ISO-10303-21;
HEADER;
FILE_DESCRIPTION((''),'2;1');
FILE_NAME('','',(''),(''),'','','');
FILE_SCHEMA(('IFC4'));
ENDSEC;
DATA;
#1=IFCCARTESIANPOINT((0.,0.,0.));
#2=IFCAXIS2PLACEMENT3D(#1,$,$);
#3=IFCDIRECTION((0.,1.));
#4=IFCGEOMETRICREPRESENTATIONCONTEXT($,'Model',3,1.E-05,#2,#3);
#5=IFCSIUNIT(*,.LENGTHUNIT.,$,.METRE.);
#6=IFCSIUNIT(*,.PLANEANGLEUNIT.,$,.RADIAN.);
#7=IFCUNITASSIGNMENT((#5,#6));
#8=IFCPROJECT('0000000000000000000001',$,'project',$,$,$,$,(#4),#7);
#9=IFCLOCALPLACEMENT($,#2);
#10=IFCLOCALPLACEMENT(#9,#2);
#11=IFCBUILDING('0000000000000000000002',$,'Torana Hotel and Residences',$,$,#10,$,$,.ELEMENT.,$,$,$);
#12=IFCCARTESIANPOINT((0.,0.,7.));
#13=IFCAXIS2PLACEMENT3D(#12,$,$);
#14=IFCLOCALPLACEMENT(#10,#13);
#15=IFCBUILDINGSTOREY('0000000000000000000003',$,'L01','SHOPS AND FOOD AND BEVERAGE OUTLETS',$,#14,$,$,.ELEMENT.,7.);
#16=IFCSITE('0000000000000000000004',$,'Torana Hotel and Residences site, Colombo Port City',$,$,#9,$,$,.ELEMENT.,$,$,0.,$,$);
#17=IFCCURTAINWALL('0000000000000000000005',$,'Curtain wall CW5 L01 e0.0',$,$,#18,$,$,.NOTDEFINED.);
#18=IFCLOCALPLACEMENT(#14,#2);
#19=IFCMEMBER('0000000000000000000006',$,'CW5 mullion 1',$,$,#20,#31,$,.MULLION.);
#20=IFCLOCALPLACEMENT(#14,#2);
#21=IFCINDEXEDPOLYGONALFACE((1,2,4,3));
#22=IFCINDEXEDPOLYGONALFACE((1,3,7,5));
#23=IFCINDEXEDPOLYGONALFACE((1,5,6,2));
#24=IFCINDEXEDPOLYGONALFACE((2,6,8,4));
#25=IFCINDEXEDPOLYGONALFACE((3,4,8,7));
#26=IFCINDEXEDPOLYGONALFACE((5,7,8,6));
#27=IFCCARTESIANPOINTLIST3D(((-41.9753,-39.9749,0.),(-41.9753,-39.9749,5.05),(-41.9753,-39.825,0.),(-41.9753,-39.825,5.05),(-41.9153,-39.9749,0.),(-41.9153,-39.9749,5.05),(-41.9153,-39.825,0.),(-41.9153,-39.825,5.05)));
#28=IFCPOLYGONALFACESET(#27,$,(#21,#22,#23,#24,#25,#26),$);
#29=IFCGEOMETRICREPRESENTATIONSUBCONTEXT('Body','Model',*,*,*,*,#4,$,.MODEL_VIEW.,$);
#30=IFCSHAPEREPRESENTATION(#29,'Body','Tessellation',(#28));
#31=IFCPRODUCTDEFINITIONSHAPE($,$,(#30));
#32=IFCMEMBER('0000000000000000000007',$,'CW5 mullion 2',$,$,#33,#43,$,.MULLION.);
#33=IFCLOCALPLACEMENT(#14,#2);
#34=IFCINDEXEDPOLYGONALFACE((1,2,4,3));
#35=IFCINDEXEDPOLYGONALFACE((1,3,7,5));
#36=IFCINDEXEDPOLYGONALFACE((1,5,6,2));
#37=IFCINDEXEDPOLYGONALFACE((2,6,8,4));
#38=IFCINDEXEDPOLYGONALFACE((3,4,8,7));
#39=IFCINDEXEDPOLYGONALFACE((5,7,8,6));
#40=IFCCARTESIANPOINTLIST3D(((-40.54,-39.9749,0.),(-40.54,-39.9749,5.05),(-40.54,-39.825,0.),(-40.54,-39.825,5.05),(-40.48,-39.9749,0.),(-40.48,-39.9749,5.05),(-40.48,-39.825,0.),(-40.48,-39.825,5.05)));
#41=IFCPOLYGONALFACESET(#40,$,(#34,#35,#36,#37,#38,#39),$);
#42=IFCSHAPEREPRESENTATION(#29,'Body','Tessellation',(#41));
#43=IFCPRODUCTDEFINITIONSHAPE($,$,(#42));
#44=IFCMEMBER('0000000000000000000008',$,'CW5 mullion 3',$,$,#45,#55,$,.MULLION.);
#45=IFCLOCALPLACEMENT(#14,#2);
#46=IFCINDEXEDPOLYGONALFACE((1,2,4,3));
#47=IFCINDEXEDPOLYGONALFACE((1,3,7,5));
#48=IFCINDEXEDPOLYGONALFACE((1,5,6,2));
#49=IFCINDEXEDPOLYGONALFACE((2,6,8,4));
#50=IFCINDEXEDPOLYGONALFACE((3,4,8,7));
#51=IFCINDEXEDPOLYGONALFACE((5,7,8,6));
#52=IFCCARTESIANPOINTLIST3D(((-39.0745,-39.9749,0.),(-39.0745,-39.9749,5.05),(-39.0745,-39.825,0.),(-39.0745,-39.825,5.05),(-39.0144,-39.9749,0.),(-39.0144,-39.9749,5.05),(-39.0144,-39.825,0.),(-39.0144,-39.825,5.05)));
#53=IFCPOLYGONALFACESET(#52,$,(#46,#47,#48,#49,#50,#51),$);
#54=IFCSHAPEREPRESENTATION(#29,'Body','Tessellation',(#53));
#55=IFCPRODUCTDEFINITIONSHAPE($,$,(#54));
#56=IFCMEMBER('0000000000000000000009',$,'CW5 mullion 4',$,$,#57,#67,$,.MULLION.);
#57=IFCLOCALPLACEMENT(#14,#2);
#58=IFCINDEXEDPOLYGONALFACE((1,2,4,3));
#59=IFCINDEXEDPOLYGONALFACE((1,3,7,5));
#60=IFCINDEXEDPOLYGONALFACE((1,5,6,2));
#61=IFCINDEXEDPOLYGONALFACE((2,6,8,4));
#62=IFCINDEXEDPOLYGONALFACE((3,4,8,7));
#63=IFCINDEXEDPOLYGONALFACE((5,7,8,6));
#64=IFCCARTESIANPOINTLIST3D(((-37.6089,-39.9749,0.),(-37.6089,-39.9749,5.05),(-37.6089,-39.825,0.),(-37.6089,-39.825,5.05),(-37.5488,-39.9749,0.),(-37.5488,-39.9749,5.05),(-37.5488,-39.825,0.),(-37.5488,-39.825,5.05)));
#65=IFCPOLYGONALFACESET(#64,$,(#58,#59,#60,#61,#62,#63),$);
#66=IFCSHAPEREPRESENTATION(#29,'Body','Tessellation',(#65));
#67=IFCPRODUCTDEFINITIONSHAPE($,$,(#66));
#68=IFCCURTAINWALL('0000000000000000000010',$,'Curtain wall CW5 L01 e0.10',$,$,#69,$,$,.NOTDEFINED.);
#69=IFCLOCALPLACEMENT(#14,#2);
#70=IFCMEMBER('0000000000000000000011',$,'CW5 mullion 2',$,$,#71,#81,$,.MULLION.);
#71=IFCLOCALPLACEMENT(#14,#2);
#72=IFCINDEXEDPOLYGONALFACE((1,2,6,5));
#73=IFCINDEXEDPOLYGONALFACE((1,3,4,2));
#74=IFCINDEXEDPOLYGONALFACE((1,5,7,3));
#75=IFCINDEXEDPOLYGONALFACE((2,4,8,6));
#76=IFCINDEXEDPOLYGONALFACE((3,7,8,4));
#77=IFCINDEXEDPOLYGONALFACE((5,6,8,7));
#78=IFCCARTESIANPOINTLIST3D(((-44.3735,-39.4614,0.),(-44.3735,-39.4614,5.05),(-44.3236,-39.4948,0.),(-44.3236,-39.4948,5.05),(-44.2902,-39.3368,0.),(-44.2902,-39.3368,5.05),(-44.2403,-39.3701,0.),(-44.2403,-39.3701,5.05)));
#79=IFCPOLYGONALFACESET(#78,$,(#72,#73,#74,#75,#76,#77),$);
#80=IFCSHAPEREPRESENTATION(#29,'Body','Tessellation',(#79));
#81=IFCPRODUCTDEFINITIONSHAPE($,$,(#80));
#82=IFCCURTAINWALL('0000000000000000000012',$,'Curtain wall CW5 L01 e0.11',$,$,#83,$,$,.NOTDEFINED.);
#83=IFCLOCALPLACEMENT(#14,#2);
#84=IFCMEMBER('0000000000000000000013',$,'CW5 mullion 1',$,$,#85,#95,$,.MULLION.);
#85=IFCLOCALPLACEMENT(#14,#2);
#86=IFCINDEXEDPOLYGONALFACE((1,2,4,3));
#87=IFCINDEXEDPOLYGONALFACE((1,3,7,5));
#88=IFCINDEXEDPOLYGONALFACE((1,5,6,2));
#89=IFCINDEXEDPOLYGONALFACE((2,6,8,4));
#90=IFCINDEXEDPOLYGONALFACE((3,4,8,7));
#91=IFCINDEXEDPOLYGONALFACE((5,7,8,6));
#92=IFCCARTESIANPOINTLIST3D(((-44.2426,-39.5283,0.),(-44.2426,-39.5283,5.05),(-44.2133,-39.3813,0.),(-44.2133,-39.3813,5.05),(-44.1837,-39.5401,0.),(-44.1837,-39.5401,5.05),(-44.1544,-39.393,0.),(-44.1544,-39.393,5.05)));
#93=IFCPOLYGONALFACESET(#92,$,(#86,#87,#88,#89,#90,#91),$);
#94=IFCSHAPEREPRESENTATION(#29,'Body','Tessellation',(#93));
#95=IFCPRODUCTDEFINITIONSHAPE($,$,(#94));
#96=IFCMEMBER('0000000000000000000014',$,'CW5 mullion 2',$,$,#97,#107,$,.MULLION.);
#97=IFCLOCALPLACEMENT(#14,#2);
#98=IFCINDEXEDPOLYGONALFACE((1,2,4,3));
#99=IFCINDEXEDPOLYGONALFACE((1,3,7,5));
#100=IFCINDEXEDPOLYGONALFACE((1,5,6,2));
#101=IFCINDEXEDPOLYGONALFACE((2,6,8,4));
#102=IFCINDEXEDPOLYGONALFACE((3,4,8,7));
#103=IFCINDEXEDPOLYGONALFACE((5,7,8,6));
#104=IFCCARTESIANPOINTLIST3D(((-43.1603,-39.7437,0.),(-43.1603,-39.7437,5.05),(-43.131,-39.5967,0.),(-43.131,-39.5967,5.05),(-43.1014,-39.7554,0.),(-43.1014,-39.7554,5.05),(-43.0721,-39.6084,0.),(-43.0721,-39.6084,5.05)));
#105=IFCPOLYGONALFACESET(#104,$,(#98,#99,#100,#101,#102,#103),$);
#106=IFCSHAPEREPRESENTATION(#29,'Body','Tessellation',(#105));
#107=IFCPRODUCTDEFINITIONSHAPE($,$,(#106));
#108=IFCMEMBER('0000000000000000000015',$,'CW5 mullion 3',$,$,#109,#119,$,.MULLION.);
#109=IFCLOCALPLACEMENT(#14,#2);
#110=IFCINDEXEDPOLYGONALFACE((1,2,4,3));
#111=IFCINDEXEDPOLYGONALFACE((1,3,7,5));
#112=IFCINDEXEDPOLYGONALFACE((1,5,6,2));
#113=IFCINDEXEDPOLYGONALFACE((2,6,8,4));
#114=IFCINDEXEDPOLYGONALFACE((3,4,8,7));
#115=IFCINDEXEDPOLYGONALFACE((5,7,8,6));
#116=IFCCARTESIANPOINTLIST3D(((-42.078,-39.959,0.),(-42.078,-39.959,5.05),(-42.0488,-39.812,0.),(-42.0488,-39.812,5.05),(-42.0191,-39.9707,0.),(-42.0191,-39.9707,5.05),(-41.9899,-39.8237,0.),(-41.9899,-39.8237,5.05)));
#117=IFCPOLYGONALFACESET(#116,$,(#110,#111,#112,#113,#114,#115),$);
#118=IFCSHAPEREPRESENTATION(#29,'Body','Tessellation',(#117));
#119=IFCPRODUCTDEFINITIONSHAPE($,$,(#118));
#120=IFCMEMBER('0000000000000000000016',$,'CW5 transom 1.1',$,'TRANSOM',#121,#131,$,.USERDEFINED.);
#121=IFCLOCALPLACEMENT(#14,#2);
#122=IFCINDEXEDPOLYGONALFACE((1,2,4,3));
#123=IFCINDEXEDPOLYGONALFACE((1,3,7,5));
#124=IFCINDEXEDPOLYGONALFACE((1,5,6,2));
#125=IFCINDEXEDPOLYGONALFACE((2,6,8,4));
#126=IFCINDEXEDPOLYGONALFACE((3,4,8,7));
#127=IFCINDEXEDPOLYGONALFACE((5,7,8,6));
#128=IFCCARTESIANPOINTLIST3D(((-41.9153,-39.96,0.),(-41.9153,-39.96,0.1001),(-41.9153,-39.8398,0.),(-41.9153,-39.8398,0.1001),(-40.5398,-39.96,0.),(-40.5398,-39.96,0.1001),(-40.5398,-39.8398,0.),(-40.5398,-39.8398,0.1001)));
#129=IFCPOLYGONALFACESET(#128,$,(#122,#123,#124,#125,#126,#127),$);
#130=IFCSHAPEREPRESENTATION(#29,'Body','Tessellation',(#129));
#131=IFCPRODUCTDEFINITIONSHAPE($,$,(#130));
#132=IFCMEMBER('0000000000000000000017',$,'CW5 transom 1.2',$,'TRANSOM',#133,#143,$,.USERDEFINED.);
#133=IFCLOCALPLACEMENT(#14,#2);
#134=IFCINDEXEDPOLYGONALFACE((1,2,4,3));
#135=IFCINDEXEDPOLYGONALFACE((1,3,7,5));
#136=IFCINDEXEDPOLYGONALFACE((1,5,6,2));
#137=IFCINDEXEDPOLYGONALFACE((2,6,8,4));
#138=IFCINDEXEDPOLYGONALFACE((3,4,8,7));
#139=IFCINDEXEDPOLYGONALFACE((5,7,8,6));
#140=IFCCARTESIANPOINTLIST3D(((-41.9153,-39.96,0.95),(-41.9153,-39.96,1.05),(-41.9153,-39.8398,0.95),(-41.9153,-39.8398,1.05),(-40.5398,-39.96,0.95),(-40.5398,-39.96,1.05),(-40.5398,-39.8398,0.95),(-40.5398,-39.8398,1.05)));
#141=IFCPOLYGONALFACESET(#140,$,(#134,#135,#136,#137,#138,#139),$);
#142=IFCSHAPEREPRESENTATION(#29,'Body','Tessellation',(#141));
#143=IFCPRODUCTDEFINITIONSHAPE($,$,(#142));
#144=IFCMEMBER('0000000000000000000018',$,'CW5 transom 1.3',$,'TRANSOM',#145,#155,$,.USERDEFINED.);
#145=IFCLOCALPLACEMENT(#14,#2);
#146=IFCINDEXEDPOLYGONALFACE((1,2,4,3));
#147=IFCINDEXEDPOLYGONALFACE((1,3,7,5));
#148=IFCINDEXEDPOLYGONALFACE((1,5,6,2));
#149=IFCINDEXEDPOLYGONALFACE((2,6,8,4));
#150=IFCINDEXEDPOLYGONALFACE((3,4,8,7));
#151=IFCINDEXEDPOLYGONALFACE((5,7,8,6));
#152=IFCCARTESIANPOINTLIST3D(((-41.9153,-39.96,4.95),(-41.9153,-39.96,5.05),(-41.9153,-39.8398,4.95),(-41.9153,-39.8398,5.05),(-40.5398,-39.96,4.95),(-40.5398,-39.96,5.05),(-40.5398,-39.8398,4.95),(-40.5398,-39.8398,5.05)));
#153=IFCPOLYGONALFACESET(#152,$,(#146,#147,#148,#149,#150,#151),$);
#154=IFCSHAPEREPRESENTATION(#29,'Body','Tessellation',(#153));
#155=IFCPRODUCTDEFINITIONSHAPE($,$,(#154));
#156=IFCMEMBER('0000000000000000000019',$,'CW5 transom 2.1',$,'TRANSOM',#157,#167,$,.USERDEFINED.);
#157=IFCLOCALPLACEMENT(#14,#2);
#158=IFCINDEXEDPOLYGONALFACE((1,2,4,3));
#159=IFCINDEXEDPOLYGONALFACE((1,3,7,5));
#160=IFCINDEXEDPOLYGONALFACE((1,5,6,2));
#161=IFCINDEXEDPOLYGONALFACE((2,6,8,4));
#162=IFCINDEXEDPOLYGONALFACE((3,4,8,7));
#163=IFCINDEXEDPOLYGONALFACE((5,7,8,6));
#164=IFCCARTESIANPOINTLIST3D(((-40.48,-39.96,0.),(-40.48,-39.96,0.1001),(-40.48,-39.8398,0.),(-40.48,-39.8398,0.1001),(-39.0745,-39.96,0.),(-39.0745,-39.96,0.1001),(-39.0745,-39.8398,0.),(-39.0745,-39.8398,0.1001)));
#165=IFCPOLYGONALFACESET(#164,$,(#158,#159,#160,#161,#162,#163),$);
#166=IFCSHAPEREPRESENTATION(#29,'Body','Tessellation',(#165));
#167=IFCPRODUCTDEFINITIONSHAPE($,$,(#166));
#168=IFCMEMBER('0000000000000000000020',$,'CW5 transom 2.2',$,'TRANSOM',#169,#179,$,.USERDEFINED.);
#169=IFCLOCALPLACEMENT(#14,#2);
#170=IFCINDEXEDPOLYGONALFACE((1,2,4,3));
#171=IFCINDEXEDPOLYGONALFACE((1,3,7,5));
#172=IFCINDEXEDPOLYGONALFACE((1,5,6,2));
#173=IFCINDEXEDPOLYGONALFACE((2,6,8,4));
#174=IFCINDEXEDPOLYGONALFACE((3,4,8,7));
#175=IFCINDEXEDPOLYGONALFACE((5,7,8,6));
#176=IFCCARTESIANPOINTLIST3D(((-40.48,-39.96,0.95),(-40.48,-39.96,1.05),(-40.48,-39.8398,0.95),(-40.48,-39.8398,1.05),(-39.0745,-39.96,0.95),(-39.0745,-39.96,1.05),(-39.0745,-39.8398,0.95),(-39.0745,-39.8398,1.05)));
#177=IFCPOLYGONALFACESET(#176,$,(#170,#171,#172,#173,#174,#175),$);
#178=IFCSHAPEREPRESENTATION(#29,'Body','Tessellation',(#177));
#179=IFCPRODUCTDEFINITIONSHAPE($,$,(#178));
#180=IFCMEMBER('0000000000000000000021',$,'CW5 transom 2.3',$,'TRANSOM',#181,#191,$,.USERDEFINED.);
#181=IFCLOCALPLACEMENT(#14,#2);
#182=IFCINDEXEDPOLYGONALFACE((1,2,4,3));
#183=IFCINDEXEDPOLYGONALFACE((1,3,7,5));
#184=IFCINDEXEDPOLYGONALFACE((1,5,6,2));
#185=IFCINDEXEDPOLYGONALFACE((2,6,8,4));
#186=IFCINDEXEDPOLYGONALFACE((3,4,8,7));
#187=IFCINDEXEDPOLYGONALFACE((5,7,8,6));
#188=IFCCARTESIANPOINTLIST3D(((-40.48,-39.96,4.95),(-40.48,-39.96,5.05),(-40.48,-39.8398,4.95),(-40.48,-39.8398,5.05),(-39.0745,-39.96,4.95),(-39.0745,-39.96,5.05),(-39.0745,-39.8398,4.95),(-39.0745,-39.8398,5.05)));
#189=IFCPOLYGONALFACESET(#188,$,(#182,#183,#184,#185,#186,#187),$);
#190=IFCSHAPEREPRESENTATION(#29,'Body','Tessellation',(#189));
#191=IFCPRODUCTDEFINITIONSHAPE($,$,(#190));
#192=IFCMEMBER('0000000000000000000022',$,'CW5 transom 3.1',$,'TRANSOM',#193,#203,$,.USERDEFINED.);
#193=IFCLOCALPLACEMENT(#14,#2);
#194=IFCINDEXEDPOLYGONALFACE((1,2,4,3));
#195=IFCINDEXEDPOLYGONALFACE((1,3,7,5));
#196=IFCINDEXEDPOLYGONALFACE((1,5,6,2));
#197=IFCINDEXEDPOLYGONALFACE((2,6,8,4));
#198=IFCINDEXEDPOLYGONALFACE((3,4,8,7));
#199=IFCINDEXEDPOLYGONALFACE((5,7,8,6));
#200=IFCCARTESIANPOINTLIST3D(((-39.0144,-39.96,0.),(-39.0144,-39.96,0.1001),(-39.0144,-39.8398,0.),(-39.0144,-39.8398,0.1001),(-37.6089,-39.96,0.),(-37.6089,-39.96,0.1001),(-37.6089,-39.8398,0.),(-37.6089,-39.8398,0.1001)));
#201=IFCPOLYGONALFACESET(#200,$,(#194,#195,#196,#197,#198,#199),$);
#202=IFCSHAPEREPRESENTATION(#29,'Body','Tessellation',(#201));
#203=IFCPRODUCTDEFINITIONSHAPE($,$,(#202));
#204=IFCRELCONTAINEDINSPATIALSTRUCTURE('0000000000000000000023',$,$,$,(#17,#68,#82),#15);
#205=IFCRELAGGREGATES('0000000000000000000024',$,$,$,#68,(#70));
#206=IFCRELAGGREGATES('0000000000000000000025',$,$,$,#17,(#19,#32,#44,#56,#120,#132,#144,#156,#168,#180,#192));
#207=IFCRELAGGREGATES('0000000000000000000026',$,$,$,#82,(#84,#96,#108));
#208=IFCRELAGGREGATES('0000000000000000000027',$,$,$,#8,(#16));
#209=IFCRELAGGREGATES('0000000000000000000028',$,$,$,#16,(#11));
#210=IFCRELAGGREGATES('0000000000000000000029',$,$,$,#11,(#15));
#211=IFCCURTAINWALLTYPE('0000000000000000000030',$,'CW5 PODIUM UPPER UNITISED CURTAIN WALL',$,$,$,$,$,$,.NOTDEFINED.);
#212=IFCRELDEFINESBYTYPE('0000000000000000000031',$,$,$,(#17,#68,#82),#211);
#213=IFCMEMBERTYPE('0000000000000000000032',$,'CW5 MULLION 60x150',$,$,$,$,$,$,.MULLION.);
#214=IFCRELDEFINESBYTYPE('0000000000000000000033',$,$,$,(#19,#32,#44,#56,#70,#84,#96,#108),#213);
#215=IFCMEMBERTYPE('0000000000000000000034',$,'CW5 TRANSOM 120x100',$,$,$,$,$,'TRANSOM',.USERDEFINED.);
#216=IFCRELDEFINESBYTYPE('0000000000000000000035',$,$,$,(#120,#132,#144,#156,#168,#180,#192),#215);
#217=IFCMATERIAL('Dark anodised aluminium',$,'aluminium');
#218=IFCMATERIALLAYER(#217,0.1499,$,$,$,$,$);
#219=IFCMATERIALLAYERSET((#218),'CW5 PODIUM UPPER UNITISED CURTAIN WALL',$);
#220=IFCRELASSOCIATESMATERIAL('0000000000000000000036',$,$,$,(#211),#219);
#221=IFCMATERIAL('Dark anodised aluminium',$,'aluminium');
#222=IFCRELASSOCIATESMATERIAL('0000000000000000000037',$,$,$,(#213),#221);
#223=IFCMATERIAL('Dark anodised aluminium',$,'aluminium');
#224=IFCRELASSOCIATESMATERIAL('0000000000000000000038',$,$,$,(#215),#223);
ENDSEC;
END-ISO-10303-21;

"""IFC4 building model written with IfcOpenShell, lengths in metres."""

from ifc_helpers import new_model, si_unit, direction, frame, origin, origin_2d, place, context, subcontext, project, spatial, rectangle, extrude, material, layer, layer_set, material_profile, profile_set, type_object, element, aggregate, save


model = new_model("IFC4")

# Units and contexts
model_context = context("Model", 3, precision=1e-05, world=origin(), true_north=direction((0.0, 1.0)))
body_context = subcontext(model_context, "Body", "Model", "MODEL_VIEW")
ifc_project = project(units=[si_unit("LENGTHUNIT", "METRE"), si_unit("PLANEANGLEUNIT", "RADIAN")], contexts=[model_context])

# Site, building, storey
site_placement = place(None, origin())
site = spatial("IfcSite", under=ifc_project, at=site_placement, Name="Torana Hotel and Residences site, Colombo Port City", CompositionType="ELEMENT", RefElevation=0.0)
building_placement = place(site_placement, origin())
building = spatial("IfcBuilding", under=site, at=building_placement, Name="Torana Hotel and Residences", CompositionType="ELEMENT")
storey_placement = place(building_placement, frame((0.0, 0.0, 7.0)))
storey = spatial("IfcBuildingStorey", under=building, at=storey_placement, Name="L01", Description="SHOPS AND FOOD AND BEVERAGE OUTLETS", CompositionType="ELEMENT", Elevation=7.0)

# Curtain wall, members
ifc_material_1 = material(Name="Dark anodised aluminium", Category="aluminium")
ifc_layer_1 = layer(ifc_material_1, 0.1499)
ifc_layer_set_1 = layer_set([ifc_layer_1], Name="CW5 PODIUM UPPER UNITISED CURTAIN WALL")
curtain_wall_type = type_object("IfcCurtainWallType", Name="CW5 PODIUM UPPER UNITISED CURTAIN WALL", PredefinedType="NOTDEFINED", material=ifc_layer_set_1)
curtain_wall_1_placement = place(storey_placement, origin())
curtain_wall_1 = element("IfcCurtainWall", 1, at=curtain_wall_1_placement, inside=storey, type_object=curtain_wall_type, Name="Curtain wall CW5 L01 e0.0", PredefinedType="NOTDEFINED")
ifc_material_2 = material(Name="Dark anodised aluminium", Category="aluminium")
ifc_material_profile_1 = material_profile(ifc_material_2, rectangle(XDim=0.1499, YDim=0.0601, at=origin_2d()), Name="CW5 MULLION 60x150")
ifc_profile_set_1 = profile_set([ifc_material_profile_1], Name="Dark anodised aluminium")
member_type_1 = type_object("IfcMemberType", Name="CW5 MULLION 60x150", PredefinedType="MULLION", material=ifc_profile_set_1)
member_1_placement = place(storey_placement, frame((-41.9453, -39.8999, 0.0), z_axis=(0.0, 0.0, 1.0), x_axis=(0.0, 1.0, 0.0)))
member_1 = element("IfcMember", 2, at=member_1_placement, type_object=member_type_1, Name="CW5 mullion 1", PredefinedType="MULLION", context=body_context, shape_type="SweptSolid", body=[
    extrude(rectangle(XDim=0.1499, YDim=0.0601, at=origin_2d()), origin(), (0.0, 0.0, 1.0), 5.05),
])
member_2_placement = place(storey_placement, frame((-40.51, -39.8999, 0.0), z_axis=(0.0, 0.0, 1.0), x_axis=(0.0, 1.0, 0.0)))
member_2 = element("IfcMember", 3, at=member_2_placement, type_object=member_type_1, Name="CW5 mullion 2", PredefinedType="MULLION", context=body_context, shape_type="SweptSolid", body=[
    extrude(rectangle(XDim=0.1499, YDim=0.0601, at=origin_2d()), origin(), (0.0, 0.0, 1.0), 5.05),
])
member_3_placement = place(storey_placement, frame((-39.0444, -39.8999, 0.0), z_axis=(0.0, 0.0, 1.0), x_axis=(0.0, 1.0, 0.0)))
member_3 = element("IfcMember", 4, at=member_3_placement, type_object=member_type_1, Name="CW5 mullion 3", PredefinedType="MULLION", context=body_context, shape_type="SweptSolid", body=[
    extrude(rectangle(XDim=0.1499, YDim=0.0601, at=origin_2d()), origin(), (0.0, 0.0, 1.0), 5.05),
])
member_4_placement = place(storey_placement, frame((-37.5789, -39.8999, 0.0), z_axis=(0.0, 0.0, 1.0), x_axis=(0.0, 1.0, 0.0)))
member_4 = element("IfcMember", 5, at=member_4_placement, type_object=member_type_1, Name="CW5 mullion 4", PredefinedType="MULLION", context=body_context, shape_type="SweptSolid", body=[
    extrude(rectangle(XDim=0.1499, YDim=0.0601, at=origin_2d()), origin(), (0.0, 0.0, 1.0), 5.05),
])

# Curtain wall, member
curtain_wall_2_placement = place(storey_placement, origin())
curtain_wall_2 = element("IfcCurtainWall", 6, at=curtain_wall_2_placement, inside=storey, type_object=curtain_wall_type, Name="Curtain wall CW5 L01 e0.10", PredefinedType="NOTDEFINED")
member_5_placement = place(storey_placement, frame((-44.3069, -39.4158, 0.0), z_axis=(0.0, 0.0, 1.0), x_axis=(0.555585, 0.83146, 0.0)))
member_5 = element("IfcMember", 7, at=member_5_placement, type_object=member_type_1, Name="CW5 mullion 2", PredefinedType="MULLION", context=body_context, shape_type="SweptSolid", body=[
    extrude(rectangle(XDim=0.1499, YDim=0.0601, at=origin_2d()), origin(), (0.0, 0.0, 1.0), 5.05),
])
aggregate(curtain_wall_2, [member_5])

# Curtain wall, members
curtain_wall_3_placement = place(storey_placement, origin())
curtain_wall_3 = element("IfcCurtainWall", 8, at=curtain_wall_3_placement, inside=storey, type_object=curtain_wall_type, Name="Curtain wall CW5 L01 e0.11", PredefinedType="NOTDEFINED")
member_6_placement = place(storey_placement, frame((-44.1985, -39.4607, 0.0), z_axis=(0.0, 0.0, 1.0), x_axis=(0.195081, 0.980787, 0.0)))
member_6 = element("IfcMember", 9, at=member_6_placement, type_object=member_type_1, Name="CW5 mullion 1", PredefinedType="MULLION", context=body_context, shape_type="SweptSolid", body=[
    extrude(rectangle(XDim=0.1499, YDim=0.0601, at=origin_2d()), origin(), (0.0, 0.0, 1.0), 5.05),
])
member_7_placement = place(storey_placement, frame((-43.1162, -39.676, 0.0), z_axis=(0.0, 0.0, 1.0), x_axis=(0.195081, 0.980787, 0.0)))
member_7 = element("IfcMember", 10, at=member_7_placement, type_object=member_type_1, Name="CW5 mullion 2", PredefinedType="MULLION", context=body_context, shape_type="SweptSolid", body=[
    extrude(rectangle(XDim=0.1499, YDim=0.0601, at=origin_2d()), origin(), (0.0, 0.0, 1.0), 5.05),
])
member_8_placement = place(storey_placement, frame((-42.0339, -39.8914, 0.0), z_axis=(0.0, 0.0, 1.0), x_axis=(0.195081, 0.980787, 0.0)))
member_8 = element("IfcMember", 11, at=member_8_placement, type_object=member_type_1, Name="CW5 mullion 3", PredefinedType="MULLION", context=body_context, shape_type="SweptSolid", body=[
    extrude(rectangle(XDim=0.1499, YDim=0.0601, at=origin_2d()), origin(), (0.0, 0.0, 1.0), 5.05),
])

# Members
ifc_material_3 = material(Name="Dark anodised aluminium", Category="aluminium")
ifc_material_profile_2 = material_profile(ifc_material_3, rectangle(XDim=0.1201, YDim=0.1001, at=origin_2d()), Name="CW5 TRANSOM 120x100")
ifc_profile_set_2 = profile_set([ifc_material_profile_2], Name="Dark anodised aluminium")
member_type_2 = type_object("IfcMemberType", Name="CW5 TRANSOM 120x100", ElementType="TRANSOM", PredefinedType="USERDEFINED", material=ifc_profile_set_2)
member_9_placement = place(storey_placement, frame((-41.9153, -39.8999, 0.05), z_axis=(1.0, 0.0, 0.0), x_axis=(0.0, 1.0, 0.0)))
member_9 = element("IfcMember", 12, at=member_9_placement, type_object=member_type_2, Name="CW5 transom 1.1", ObjectType="TRANSOM", PredefinedType="USERDEFINED", context=body_context, shape_type="SweptSolid", body=[
    extrude(rectangle(XDim=0.1201, YDim=0.1001, at=origin_2d()), origin(), (0.0, 0.0, 1.0), 1.3755),
])
member_10_placement = place(storey_placement, frame((-41.9153, -39.8999, 1.0), z_axis=(1.0, 0.0, 0.0), x_axis=(0.0, 1.0, 0.0)))
member_10 = element("IfcMember", 13, at=member_10_placement, type_object=member_type_2, Name="CW5 transom 1.2", ObjectType="TRANSOM", PredefinedType="USERDEFINED", context=body_context, shape_type="SweptSolid", body=[
    extrude(rectangle(XDim=0.1201, YDim=0.1001, at=origin_2d()), origin(), (0.0, 0.0, 1.0), 1.3755),
])
member_11_placement = place(storey_placement, frame((-41.9153, -39.8999, 5.0), z_axis=(1.0, 0.0, 0.0), x_axis=(0.0, 1.0, 0.0)))
member_11 = element("IfcMember", 14, at=member_11_placement, type_object=member_type_2, Name="CW5 transom 1.3", ObjectType="TRANSOM", PredefinedType="USERDEFINED", context=body_context, shape_type="SweptSolid", body=[
    extrude(rectangle(XDim=0.1201, YDim=0.1001, at=origin_2d()), origin(), (0.0, 0.0, 1.0), 1.3755),
])
member_12_placement = place(storey_placement, frame((-40.48, -39.8999, 0.05), z_axis=(1.0, 0.0, 0.0), x_axis=(0.0, 1.0, 0.0)))
member_12 = element("IfcMember", 15, at=member_12_placement, type_object=member_type_2, Name="CW5 transom 2.1", ObjectType="TRANSOM", PredefinedType="USERDEFINED", context=body_context, shape_type="SweptSolid", body=[
    extrude(rectangle(XDim=0.1201, YDim=0.1001, at=origin_2d()), origin(), (0.0, 0.0, 1.0), 1.4055),
])
member_13_placement = place(storey_placement, frame((-40.48, -39.8999, 1.0), z_axis=(1.0, 0.0, 0.0), x_axis=(0.0, 1.0, 0.0)))
member_13 = element("IfcMember", 16, at=member_13_placement, type_object=member_type_2, Name="CW5 transom 2.2", ObjectType="TRANSOM", PredefinedType="USERDEFINED", context=body_context, shape_type="SweptSolid", body=[
    extrude(rectangle(XDim=0.1201, YDim=0.1001, at=origin_2d()), origin(), (0.0, 0.0, 1.0), 1.4055),
])
member_14_placement = place(storey_placement, frame((-40.48, -39.8999, 5.0), z_axis=(1.0, 0.0, 0.0), x_axis=(0.0, 1.0, 0.0)))
member_14 = element("IfcMember", 17, at=member_14_placement, type_object=member_type_2, Name="CW5 transom 2.3", ObjectType="TRANSOM", PredefinedType="USERDEFINED", context=body_context, shape_type="SweptSolid", body=[
    extrude(rectangle(XDim=0.1201, YDim=0.1001, at=origin_2d()), origin(), (0.0, 0.0, 1.0), 1.4055),
])
member_15_placement = place(storey_placement, frame((-39.0144, -39.8999, 0.05), z_axis=(1.0, 0.0, 0.0), x_axis=(0.0, 1.0, 0.0)))
member_15 = element("IfcMember", 18, at=member_15_placement, type_object=member_type_2, Name="CW5 transom 3.1", ObjectType="TRANSOM", PredefinedType="USERDEFINED", context=body_context, shape_type="SweptSolid", body=[
    extrude(rectangle(XDim=0.1201, YDim=0.1001, at=origin_2d()), origin(), (0.0, 0.0, 1.0), 1.4055),
])

aggregate(curtain_wall_1, [member_1, member_2, member_3, member_4, member_9, member_10, member_11, member_12, member_13, member_14, member_15])
aggregate(curtain_wall_3, [member_6, member_7, member_8])

save(model, "model.ifc")
